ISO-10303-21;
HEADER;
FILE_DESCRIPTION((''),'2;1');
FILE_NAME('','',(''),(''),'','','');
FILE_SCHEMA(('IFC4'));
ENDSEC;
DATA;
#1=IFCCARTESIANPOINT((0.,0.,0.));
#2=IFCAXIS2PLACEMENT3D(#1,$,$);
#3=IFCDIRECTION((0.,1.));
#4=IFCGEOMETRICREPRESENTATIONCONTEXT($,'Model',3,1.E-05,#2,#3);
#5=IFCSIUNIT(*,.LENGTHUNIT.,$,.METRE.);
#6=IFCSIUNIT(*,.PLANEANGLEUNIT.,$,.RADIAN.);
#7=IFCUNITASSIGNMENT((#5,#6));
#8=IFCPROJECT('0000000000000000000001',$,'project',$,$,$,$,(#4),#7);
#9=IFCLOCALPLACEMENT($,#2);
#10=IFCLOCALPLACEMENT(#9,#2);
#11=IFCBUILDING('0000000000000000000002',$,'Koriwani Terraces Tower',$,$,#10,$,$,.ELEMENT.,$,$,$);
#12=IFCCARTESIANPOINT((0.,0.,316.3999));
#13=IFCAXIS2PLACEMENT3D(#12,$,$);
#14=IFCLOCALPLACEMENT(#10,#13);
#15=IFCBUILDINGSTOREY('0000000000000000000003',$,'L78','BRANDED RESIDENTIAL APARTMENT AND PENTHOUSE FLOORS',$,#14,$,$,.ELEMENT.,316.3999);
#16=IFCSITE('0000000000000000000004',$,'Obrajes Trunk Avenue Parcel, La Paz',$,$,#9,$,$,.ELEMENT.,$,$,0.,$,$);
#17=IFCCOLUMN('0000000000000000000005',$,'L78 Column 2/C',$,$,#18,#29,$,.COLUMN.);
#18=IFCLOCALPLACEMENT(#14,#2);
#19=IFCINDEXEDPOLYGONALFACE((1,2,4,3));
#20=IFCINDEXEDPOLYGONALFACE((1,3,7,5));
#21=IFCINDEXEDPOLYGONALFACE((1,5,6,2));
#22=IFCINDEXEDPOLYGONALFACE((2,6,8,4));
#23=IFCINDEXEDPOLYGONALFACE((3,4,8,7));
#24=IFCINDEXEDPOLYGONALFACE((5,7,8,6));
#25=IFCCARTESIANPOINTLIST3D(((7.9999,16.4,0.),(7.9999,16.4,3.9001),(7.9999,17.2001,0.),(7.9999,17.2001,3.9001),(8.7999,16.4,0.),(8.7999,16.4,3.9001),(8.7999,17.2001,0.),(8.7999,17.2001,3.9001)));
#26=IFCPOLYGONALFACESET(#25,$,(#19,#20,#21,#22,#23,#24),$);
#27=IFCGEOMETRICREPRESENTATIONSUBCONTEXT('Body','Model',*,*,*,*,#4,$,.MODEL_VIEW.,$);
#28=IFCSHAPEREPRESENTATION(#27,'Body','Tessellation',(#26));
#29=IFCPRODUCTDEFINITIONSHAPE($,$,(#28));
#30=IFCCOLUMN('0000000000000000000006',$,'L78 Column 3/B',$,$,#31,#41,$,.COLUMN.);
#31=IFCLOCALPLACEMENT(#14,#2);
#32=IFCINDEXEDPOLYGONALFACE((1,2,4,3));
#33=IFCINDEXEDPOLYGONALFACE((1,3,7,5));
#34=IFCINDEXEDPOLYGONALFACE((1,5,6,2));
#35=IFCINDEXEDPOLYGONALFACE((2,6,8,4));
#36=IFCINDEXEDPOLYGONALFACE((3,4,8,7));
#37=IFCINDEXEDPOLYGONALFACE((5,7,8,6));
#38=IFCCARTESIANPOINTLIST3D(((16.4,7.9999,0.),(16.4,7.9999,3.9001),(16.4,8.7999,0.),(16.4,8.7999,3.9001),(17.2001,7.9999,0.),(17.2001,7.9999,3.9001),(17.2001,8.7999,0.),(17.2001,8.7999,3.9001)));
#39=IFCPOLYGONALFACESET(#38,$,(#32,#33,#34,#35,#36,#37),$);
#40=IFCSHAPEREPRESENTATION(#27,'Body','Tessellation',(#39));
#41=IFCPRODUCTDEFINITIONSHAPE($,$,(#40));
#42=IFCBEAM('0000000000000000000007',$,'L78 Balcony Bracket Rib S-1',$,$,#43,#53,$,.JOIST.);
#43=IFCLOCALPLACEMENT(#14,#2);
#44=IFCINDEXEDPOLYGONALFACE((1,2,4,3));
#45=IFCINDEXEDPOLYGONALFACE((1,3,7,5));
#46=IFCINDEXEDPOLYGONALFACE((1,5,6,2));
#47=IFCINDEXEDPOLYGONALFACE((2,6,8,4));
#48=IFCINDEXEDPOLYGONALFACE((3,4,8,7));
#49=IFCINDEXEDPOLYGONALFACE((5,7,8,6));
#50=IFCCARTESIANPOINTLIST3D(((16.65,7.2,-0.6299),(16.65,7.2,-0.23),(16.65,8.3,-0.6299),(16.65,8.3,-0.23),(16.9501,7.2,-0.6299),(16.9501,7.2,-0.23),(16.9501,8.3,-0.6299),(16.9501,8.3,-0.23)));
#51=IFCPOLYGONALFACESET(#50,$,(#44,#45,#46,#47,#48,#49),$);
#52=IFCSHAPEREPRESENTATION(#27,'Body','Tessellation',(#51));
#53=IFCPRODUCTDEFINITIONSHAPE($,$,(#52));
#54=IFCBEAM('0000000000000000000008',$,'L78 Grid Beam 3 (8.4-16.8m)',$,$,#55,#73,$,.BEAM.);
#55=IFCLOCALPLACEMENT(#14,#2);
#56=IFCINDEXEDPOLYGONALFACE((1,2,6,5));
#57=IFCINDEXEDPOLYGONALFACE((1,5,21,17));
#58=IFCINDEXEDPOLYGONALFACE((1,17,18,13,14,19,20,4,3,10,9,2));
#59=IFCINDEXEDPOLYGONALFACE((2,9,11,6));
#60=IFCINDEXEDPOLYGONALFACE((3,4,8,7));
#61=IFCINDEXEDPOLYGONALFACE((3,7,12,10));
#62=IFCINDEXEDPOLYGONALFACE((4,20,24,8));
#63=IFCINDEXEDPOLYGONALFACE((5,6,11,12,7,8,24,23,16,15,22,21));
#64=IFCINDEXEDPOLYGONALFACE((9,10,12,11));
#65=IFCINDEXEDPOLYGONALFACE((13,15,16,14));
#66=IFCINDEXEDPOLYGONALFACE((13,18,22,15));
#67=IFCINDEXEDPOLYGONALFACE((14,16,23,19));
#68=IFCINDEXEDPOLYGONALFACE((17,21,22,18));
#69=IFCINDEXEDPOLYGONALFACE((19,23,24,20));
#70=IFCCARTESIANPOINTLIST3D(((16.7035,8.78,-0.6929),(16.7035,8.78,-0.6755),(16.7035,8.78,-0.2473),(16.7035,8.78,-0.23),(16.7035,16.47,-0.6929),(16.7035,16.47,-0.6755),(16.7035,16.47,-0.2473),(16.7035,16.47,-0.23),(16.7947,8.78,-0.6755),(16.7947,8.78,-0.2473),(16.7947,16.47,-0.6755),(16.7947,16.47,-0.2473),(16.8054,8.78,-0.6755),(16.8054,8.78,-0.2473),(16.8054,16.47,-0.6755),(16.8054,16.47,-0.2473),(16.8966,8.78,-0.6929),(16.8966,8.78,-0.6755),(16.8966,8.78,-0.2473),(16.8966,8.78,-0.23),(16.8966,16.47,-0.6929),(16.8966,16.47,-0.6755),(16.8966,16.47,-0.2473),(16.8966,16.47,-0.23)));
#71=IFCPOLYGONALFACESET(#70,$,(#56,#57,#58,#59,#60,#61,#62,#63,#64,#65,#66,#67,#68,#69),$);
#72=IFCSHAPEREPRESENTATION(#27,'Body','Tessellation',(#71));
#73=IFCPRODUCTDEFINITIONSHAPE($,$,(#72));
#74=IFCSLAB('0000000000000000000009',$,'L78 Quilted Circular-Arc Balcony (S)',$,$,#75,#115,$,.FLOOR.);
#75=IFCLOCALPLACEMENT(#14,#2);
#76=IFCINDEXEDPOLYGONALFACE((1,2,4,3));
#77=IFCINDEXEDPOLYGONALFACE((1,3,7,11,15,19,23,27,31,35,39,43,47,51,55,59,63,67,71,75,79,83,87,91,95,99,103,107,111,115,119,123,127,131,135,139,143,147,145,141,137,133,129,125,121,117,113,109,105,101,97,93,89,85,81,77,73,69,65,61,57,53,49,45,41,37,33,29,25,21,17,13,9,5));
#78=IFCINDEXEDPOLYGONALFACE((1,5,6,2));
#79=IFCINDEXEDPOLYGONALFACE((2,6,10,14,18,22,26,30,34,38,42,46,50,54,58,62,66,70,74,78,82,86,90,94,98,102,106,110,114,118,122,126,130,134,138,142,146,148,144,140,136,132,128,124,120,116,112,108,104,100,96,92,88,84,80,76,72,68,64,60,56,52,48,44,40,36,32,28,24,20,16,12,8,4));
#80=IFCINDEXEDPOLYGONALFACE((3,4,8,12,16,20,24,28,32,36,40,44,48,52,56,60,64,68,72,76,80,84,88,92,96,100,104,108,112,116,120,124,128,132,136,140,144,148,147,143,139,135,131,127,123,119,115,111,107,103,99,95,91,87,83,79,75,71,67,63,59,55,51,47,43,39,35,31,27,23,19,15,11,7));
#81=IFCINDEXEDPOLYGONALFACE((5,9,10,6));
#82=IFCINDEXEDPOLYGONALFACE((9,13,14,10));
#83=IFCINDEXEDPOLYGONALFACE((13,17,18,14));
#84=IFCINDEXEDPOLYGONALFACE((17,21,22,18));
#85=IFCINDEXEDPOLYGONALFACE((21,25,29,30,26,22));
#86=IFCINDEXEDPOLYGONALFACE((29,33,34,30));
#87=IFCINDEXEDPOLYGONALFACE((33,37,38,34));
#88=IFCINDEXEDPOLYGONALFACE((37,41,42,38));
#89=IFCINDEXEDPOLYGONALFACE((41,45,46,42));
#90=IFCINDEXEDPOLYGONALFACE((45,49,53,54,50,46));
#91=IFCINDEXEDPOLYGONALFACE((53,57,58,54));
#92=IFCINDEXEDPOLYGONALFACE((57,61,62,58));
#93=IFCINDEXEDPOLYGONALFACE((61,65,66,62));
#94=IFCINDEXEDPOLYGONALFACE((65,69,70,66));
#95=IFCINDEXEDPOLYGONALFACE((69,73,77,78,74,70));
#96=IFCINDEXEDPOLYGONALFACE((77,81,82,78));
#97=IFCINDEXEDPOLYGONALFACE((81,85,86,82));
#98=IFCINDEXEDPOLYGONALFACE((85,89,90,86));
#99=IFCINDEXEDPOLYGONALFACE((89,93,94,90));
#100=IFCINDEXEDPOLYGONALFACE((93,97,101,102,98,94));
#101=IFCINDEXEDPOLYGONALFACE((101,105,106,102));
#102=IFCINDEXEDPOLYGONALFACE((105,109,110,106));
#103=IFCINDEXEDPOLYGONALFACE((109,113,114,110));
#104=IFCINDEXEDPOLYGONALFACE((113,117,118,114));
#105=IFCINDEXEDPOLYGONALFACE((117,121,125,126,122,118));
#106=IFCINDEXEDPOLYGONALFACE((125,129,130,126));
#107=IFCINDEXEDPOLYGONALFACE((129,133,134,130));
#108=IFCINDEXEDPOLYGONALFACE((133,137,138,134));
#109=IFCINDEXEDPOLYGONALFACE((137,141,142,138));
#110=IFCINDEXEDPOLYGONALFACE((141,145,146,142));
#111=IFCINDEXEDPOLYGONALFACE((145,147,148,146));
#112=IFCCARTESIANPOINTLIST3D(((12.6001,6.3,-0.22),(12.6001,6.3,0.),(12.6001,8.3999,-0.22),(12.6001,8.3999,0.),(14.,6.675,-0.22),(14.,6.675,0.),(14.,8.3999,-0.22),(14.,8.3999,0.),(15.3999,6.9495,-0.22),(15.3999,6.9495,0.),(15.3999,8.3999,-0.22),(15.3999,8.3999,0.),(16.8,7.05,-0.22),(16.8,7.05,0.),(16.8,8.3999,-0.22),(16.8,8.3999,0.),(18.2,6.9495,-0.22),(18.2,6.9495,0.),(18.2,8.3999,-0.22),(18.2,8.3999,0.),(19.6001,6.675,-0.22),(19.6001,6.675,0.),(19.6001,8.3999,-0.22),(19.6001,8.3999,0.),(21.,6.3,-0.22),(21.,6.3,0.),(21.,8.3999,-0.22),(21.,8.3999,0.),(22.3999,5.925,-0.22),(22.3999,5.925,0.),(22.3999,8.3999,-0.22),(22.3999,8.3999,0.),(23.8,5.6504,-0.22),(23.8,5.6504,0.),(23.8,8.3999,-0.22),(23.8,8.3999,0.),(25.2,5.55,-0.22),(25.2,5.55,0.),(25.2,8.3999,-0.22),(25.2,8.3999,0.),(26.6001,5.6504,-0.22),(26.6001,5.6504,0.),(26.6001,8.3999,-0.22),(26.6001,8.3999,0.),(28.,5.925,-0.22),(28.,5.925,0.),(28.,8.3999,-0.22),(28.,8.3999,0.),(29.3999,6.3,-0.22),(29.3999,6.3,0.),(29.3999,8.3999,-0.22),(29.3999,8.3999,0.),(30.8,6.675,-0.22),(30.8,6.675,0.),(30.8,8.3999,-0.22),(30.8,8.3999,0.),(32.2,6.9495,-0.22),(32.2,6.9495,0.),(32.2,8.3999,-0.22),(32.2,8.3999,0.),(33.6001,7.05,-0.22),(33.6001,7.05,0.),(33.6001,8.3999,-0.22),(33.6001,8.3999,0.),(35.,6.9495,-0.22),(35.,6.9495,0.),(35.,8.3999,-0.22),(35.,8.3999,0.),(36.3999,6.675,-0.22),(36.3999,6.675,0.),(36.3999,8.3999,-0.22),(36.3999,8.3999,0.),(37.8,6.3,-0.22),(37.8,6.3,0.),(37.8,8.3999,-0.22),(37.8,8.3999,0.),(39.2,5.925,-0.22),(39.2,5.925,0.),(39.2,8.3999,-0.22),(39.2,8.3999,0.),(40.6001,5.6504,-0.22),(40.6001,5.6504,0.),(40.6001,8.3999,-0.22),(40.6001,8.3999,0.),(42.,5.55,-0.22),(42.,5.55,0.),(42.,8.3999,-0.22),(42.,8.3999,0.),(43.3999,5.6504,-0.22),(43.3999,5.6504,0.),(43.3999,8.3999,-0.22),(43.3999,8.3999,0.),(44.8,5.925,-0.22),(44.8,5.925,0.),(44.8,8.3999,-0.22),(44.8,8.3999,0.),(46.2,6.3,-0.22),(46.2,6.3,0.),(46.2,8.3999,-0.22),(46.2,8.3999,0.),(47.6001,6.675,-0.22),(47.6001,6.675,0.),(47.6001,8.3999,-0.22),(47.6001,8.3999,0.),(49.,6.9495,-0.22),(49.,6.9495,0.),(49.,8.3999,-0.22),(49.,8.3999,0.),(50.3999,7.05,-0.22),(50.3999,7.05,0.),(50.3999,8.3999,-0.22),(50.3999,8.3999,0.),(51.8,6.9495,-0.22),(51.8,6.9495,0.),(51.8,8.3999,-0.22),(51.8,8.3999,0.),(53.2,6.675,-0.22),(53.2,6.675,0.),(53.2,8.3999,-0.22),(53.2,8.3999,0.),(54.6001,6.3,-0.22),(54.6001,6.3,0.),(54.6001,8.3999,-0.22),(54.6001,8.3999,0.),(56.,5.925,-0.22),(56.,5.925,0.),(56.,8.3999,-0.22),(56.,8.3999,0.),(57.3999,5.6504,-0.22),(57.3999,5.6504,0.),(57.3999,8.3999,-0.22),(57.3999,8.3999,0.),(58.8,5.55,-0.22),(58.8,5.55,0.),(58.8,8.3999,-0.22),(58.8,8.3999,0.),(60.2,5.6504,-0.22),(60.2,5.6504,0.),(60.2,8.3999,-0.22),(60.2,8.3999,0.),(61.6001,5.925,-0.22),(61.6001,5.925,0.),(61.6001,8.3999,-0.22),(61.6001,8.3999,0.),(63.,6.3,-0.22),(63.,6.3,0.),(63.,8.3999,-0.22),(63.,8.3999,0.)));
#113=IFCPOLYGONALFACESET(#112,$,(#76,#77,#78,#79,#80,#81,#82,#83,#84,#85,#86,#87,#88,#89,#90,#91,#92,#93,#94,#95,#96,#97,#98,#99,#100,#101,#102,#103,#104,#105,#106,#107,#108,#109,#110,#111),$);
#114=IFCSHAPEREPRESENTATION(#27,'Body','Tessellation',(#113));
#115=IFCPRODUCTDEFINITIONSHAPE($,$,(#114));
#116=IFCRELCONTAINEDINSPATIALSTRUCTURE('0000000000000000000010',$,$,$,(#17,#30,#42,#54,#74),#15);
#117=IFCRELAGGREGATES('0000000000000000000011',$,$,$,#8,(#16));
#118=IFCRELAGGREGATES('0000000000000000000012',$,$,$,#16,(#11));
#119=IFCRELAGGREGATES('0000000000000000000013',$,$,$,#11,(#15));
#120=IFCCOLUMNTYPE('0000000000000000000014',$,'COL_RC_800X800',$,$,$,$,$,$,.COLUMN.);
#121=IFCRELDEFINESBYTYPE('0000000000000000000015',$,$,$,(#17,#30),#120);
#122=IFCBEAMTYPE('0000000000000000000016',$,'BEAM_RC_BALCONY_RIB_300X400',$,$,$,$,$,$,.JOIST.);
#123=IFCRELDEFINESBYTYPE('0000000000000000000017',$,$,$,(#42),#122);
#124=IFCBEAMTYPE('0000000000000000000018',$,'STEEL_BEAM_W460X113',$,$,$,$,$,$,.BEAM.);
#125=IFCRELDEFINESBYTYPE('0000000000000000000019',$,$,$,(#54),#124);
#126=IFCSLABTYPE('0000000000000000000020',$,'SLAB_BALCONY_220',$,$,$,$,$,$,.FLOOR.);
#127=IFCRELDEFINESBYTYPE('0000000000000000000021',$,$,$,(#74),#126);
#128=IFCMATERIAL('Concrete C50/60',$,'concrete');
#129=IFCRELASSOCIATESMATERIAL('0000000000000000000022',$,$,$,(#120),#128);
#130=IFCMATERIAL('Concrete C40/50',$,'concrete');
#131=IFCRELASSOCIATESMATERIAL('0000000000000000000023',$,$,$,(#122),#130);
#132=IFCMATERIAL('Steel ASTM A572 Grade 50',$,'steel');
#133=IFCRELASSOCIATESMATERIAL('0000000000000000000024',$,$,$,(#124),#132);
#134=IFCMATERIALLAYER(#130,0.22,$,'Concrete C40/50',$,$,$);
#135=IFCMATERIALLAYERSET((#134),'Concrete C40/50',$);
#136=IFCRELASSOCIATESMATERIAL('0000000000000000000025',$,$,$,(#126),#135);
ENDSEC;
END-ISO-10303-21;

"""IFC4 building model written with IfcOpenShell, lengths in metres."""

from ifc_helpers import new_model, si_unit, direction, frame, origin, origin_2d, place, context, subcontext, project, spatial, polyline, rectangle, i_section, outline, extrude, material, layer, layer_set, material_profile, profile_set, type_object, element, save


model = new_model("IFC4")

# Units and contexts
model_context = context("Model", 3, precision=1e-05, world=origin(), true_north=direction((0.0, 1.0)))
body_context = subcontext(model_context, "Body", "Model", "MODEL_VIEW")
ifc_project = project(units=[si_unit("LENGTHUNIT", "METRE"), si_unit("PLANEANGLEUNIT", "RADIAN")], contexts=[model_context])

# Site, building, storey
site_placement = place(None, origin())
site = spatial("IfcSite", under=ifc_project, at=site_placement, Name="Obrajes Trunk Avenue Parcel, La Paz", CompositionType="ELEMENT", RefElevation=0.0)
building_placement = place(site_placement, origin())
building = spatial("IfcBuilding", under=site, at=building_placement, Name="Koriwani Terraces Tower", CompositionType="ELEMENT")
storey_placement = place(building_placement, frame((0.0, 0.0, 316.3999)))
storey = spatial("IfcBuildingStorey", under=building, at=storey_placement, Name="L78", Description="BRANDED RESIDENTIAL APARTMENT AND PENTHOUSE FLOORS", CompositionType="ELEMENT", Elevation=316.3999)

# Columns
ifc_material_1 = material(Name="Concrete C50/60", Category="concrete")
ifc_material_profile_1 = material_profile(ifc_material_1, rectangle(XDim=0.8, YDim=0.8, at=origin_2d()), Name="Concrete C50/60", Category="LoadBearing")
ifc_profile_set_1 = profile_set([ifc_material_profile_1], Name="Concrete C50/60")
column_type = type_object("IfcColumnType", Name="COL_RC_800X800", PredefinedType="COLUMN", material=ifc_profile_set_1)
for number, where, z_axis, x_axis, name in (
    (1, (8.3999, 16.8, 0.0), (0.0, 0.0, 1.0), (1.0, 0.0, 0.0), "L78 Column 2/C"),
    (2, (16.8, 8.3999, 0.0), (0.0, 0.0, 1.0), (1.0, 0.0, 0.0), "L78 Column 3/B"),
):
    element("IfcColumn", number, at=place(storey_placement, frame(where, z_axis=z_axis, x_axis=x_axis)), inside=storey, type_object=column_type, Name=name, PredefinedType="COLUMN", context=body_context, shape_type="SweptSolid", body=[
        extrude(rectangle(XDim=0.8, YDim=0.8, at=origin_2d()), origin(), (0.0, 0.0, 1.0), 3.9001),
    ])

# Beams
ifc_material_2 = material(Name="Concrete C40/50", Category="concrete")
ifc_material_profile_2 = material_profile(ifc_material_2, rectangle(XDim=0.3, YDim=0.3999, at=origin_2d()), Name="Concrete C40/50", Category="LoadBearing")
ifc_profile_set_2 = profile_set([ifc_material_profile_2], Name="Concrete C40/50")
beam_type_1 = type_object("IfcBeamType", Name="BEAM_RC_BALCONY_RIB_300X400", PredefinedType="JOIST", material=ifc_profile_set_2)
beam_1_placement = place(storey_placement, frame((16.8, 7.2, -0.4299), z_axis=(0.0, 1.0, 0.0), x_axis=(-1.0, 0.0, 0.0)))
element("IfcBeam", 3, at=beam_1_placement, inside=storey, type_object=beam_type_1, Name="L78 Balcony Bracket Rib S-1", PredefinedType="JOIST", context=body_context, shape_type="SweptSolid", body=[
    extrude(rectangle(XDim=0.3, YDim=0.3999, at=origin_2d()), origin(), (0.0, 0.0, 1.0), 1.1001),
])
ifc_material_3 = material(Name="Steel ASTM A572 Grade 50", Category="steel")
ifc_material_profile_3 = material_profile(ifc_material_3, i_section(OverallWidth=0.1931, OverallDepth=0.4629, WebThickness=0.0107, FlangeThickness=0.0173, at=origin_2d()), Name="Steel ASTM A572 Grade 50", Category="LoadBearing")
ifc_profile_set_3 = profile_set([ifc_material_profile_3], Name="Steel ASTM A572 Grade 50")
beam_type_2 = type_object("IfcBeamType", Name="STEEL_BEAM_W460X113", PredefinedType="BEAM", material=ifc_profile_set_3)
beam_2_placement = place(storey_placement, frame((16.8, 8.78, -0.4614), z_axis=(0.0, 1.0, 0.0), x_axis=(-1.0, 0.0, 0.0)))
element("IfcBeam", 4, at=beam_2_placement, inside=storey, type_object=beam_type_2, Name="L78 Grid Beam 3 (8.4-16.8m)", PredefinedType="BEAM", context=body_context, shape_type="SweptSolid", body=[
    extrude(i_section(OverallWidth=0.1931, OverallDepth=0.4629, WebThickness=0.0107, FlangeThickness=0.0173, at=origin_2d()), origin(), (0.0, 0.0, 1.0), 7.6899),
])

# Slab
ifc_layer_1 = layer(ifc_material_2, 0.22, Name="Concrete C40/50")
ifc_layer_set_1 = layer_set([ifc_layer_1], Name="Concrete C40/50")
slab_type_1 = type_object("IfcSlabType", Name="SLAB_BALCONY_220", PredefinedType="FLOOR", material=ifc_layer_set_1)
slab_1_placement = place(storey_placement, frame((0.0, 0.0, -0.22)))
element("IfcSlab", 5, at=slab_1_placement, inside=storey, type_object=slab_type_1, Name="L78 Quilted Circular-Arc Balcony (S)", PredefinedType="FLOOR", context=body_context, shape_type="SweptSolid", body=[
    extrude(outline(polyline([(12.6001, 8.3999), (14.0, 8.3999), (15.3999, 8.3999), (16.8, 8.3999), (18.2, 8.3999), (19.6001, 8.3999), (21.0, 8.3999), (22.3999, 8.3999), (23.8, 8.3999), (25.2, 8.3999), (26.6001, 8.3999), (28.0, 8.3999), (29.3999, 8.3999), (30.8, 8.3999), (32.2, 8.3999), (33.6001, 8.3999), (35.0, 8.3999), (36.3999, 8.3999), (37.8, 8.3999), (39.2, 8.3999), (40.6001, 8.3999), (42.0, 8.3999), (43.3999, 8.3999), (44.8, 8.3999), (46.2, 8.3999), (47.6001, 8.3999), (49.0, 8.3999), (50.3999, 8.3999), (51.8, 8.3999), (53.2, 8.3999), (54.6001, 8.3999), (56.0, 8.3999), (57.3999, 8.3999), (58.8, 8.3999), (60.2, 8.3999), (61.6001, 8.3999), (63.0, 8.3999), (63.0, 6.3), (61.6001, 5.925), (60.2, 5.6504), (58.8, 5.55), (57.3999, 5.6504), (56.0, 5.925), (54.6001, 6.3), (53.2, 6.675), (51.8, 6.9495), (50.3999, 7.05), (49.0, 6.9495), (47.6001, 6.675), (46.2, 6.3), (44.8, 5.925), (43.3999, 5.6504), (42.0, 5.55), (40.6001, 5.6504), (39.2, 5.925), (37.8, 6.3), (36.3999, 6.675), (35.0, 6.9495), (33.6001, 7.05), (32.2, 6.9495), (30.8, 6.675), (29.3999, 6.3), (28.0, 5.925), (26.6001, 5.6504), (25.2, 5.55), (23.8, 5.6504), (22.3999, 5.925), (21.0, 6.3), (19.6001, 6.675), (18.2, 6.9495), (16.8, 7.05), (15.3999, 6.9495), (14.0, 6.675), (12.6001, 6.3), (12.6001, 8.3999)])), origin(), (0.0, 0.0, 1.0), 0.22),
])

save(model, "model.ifc")
